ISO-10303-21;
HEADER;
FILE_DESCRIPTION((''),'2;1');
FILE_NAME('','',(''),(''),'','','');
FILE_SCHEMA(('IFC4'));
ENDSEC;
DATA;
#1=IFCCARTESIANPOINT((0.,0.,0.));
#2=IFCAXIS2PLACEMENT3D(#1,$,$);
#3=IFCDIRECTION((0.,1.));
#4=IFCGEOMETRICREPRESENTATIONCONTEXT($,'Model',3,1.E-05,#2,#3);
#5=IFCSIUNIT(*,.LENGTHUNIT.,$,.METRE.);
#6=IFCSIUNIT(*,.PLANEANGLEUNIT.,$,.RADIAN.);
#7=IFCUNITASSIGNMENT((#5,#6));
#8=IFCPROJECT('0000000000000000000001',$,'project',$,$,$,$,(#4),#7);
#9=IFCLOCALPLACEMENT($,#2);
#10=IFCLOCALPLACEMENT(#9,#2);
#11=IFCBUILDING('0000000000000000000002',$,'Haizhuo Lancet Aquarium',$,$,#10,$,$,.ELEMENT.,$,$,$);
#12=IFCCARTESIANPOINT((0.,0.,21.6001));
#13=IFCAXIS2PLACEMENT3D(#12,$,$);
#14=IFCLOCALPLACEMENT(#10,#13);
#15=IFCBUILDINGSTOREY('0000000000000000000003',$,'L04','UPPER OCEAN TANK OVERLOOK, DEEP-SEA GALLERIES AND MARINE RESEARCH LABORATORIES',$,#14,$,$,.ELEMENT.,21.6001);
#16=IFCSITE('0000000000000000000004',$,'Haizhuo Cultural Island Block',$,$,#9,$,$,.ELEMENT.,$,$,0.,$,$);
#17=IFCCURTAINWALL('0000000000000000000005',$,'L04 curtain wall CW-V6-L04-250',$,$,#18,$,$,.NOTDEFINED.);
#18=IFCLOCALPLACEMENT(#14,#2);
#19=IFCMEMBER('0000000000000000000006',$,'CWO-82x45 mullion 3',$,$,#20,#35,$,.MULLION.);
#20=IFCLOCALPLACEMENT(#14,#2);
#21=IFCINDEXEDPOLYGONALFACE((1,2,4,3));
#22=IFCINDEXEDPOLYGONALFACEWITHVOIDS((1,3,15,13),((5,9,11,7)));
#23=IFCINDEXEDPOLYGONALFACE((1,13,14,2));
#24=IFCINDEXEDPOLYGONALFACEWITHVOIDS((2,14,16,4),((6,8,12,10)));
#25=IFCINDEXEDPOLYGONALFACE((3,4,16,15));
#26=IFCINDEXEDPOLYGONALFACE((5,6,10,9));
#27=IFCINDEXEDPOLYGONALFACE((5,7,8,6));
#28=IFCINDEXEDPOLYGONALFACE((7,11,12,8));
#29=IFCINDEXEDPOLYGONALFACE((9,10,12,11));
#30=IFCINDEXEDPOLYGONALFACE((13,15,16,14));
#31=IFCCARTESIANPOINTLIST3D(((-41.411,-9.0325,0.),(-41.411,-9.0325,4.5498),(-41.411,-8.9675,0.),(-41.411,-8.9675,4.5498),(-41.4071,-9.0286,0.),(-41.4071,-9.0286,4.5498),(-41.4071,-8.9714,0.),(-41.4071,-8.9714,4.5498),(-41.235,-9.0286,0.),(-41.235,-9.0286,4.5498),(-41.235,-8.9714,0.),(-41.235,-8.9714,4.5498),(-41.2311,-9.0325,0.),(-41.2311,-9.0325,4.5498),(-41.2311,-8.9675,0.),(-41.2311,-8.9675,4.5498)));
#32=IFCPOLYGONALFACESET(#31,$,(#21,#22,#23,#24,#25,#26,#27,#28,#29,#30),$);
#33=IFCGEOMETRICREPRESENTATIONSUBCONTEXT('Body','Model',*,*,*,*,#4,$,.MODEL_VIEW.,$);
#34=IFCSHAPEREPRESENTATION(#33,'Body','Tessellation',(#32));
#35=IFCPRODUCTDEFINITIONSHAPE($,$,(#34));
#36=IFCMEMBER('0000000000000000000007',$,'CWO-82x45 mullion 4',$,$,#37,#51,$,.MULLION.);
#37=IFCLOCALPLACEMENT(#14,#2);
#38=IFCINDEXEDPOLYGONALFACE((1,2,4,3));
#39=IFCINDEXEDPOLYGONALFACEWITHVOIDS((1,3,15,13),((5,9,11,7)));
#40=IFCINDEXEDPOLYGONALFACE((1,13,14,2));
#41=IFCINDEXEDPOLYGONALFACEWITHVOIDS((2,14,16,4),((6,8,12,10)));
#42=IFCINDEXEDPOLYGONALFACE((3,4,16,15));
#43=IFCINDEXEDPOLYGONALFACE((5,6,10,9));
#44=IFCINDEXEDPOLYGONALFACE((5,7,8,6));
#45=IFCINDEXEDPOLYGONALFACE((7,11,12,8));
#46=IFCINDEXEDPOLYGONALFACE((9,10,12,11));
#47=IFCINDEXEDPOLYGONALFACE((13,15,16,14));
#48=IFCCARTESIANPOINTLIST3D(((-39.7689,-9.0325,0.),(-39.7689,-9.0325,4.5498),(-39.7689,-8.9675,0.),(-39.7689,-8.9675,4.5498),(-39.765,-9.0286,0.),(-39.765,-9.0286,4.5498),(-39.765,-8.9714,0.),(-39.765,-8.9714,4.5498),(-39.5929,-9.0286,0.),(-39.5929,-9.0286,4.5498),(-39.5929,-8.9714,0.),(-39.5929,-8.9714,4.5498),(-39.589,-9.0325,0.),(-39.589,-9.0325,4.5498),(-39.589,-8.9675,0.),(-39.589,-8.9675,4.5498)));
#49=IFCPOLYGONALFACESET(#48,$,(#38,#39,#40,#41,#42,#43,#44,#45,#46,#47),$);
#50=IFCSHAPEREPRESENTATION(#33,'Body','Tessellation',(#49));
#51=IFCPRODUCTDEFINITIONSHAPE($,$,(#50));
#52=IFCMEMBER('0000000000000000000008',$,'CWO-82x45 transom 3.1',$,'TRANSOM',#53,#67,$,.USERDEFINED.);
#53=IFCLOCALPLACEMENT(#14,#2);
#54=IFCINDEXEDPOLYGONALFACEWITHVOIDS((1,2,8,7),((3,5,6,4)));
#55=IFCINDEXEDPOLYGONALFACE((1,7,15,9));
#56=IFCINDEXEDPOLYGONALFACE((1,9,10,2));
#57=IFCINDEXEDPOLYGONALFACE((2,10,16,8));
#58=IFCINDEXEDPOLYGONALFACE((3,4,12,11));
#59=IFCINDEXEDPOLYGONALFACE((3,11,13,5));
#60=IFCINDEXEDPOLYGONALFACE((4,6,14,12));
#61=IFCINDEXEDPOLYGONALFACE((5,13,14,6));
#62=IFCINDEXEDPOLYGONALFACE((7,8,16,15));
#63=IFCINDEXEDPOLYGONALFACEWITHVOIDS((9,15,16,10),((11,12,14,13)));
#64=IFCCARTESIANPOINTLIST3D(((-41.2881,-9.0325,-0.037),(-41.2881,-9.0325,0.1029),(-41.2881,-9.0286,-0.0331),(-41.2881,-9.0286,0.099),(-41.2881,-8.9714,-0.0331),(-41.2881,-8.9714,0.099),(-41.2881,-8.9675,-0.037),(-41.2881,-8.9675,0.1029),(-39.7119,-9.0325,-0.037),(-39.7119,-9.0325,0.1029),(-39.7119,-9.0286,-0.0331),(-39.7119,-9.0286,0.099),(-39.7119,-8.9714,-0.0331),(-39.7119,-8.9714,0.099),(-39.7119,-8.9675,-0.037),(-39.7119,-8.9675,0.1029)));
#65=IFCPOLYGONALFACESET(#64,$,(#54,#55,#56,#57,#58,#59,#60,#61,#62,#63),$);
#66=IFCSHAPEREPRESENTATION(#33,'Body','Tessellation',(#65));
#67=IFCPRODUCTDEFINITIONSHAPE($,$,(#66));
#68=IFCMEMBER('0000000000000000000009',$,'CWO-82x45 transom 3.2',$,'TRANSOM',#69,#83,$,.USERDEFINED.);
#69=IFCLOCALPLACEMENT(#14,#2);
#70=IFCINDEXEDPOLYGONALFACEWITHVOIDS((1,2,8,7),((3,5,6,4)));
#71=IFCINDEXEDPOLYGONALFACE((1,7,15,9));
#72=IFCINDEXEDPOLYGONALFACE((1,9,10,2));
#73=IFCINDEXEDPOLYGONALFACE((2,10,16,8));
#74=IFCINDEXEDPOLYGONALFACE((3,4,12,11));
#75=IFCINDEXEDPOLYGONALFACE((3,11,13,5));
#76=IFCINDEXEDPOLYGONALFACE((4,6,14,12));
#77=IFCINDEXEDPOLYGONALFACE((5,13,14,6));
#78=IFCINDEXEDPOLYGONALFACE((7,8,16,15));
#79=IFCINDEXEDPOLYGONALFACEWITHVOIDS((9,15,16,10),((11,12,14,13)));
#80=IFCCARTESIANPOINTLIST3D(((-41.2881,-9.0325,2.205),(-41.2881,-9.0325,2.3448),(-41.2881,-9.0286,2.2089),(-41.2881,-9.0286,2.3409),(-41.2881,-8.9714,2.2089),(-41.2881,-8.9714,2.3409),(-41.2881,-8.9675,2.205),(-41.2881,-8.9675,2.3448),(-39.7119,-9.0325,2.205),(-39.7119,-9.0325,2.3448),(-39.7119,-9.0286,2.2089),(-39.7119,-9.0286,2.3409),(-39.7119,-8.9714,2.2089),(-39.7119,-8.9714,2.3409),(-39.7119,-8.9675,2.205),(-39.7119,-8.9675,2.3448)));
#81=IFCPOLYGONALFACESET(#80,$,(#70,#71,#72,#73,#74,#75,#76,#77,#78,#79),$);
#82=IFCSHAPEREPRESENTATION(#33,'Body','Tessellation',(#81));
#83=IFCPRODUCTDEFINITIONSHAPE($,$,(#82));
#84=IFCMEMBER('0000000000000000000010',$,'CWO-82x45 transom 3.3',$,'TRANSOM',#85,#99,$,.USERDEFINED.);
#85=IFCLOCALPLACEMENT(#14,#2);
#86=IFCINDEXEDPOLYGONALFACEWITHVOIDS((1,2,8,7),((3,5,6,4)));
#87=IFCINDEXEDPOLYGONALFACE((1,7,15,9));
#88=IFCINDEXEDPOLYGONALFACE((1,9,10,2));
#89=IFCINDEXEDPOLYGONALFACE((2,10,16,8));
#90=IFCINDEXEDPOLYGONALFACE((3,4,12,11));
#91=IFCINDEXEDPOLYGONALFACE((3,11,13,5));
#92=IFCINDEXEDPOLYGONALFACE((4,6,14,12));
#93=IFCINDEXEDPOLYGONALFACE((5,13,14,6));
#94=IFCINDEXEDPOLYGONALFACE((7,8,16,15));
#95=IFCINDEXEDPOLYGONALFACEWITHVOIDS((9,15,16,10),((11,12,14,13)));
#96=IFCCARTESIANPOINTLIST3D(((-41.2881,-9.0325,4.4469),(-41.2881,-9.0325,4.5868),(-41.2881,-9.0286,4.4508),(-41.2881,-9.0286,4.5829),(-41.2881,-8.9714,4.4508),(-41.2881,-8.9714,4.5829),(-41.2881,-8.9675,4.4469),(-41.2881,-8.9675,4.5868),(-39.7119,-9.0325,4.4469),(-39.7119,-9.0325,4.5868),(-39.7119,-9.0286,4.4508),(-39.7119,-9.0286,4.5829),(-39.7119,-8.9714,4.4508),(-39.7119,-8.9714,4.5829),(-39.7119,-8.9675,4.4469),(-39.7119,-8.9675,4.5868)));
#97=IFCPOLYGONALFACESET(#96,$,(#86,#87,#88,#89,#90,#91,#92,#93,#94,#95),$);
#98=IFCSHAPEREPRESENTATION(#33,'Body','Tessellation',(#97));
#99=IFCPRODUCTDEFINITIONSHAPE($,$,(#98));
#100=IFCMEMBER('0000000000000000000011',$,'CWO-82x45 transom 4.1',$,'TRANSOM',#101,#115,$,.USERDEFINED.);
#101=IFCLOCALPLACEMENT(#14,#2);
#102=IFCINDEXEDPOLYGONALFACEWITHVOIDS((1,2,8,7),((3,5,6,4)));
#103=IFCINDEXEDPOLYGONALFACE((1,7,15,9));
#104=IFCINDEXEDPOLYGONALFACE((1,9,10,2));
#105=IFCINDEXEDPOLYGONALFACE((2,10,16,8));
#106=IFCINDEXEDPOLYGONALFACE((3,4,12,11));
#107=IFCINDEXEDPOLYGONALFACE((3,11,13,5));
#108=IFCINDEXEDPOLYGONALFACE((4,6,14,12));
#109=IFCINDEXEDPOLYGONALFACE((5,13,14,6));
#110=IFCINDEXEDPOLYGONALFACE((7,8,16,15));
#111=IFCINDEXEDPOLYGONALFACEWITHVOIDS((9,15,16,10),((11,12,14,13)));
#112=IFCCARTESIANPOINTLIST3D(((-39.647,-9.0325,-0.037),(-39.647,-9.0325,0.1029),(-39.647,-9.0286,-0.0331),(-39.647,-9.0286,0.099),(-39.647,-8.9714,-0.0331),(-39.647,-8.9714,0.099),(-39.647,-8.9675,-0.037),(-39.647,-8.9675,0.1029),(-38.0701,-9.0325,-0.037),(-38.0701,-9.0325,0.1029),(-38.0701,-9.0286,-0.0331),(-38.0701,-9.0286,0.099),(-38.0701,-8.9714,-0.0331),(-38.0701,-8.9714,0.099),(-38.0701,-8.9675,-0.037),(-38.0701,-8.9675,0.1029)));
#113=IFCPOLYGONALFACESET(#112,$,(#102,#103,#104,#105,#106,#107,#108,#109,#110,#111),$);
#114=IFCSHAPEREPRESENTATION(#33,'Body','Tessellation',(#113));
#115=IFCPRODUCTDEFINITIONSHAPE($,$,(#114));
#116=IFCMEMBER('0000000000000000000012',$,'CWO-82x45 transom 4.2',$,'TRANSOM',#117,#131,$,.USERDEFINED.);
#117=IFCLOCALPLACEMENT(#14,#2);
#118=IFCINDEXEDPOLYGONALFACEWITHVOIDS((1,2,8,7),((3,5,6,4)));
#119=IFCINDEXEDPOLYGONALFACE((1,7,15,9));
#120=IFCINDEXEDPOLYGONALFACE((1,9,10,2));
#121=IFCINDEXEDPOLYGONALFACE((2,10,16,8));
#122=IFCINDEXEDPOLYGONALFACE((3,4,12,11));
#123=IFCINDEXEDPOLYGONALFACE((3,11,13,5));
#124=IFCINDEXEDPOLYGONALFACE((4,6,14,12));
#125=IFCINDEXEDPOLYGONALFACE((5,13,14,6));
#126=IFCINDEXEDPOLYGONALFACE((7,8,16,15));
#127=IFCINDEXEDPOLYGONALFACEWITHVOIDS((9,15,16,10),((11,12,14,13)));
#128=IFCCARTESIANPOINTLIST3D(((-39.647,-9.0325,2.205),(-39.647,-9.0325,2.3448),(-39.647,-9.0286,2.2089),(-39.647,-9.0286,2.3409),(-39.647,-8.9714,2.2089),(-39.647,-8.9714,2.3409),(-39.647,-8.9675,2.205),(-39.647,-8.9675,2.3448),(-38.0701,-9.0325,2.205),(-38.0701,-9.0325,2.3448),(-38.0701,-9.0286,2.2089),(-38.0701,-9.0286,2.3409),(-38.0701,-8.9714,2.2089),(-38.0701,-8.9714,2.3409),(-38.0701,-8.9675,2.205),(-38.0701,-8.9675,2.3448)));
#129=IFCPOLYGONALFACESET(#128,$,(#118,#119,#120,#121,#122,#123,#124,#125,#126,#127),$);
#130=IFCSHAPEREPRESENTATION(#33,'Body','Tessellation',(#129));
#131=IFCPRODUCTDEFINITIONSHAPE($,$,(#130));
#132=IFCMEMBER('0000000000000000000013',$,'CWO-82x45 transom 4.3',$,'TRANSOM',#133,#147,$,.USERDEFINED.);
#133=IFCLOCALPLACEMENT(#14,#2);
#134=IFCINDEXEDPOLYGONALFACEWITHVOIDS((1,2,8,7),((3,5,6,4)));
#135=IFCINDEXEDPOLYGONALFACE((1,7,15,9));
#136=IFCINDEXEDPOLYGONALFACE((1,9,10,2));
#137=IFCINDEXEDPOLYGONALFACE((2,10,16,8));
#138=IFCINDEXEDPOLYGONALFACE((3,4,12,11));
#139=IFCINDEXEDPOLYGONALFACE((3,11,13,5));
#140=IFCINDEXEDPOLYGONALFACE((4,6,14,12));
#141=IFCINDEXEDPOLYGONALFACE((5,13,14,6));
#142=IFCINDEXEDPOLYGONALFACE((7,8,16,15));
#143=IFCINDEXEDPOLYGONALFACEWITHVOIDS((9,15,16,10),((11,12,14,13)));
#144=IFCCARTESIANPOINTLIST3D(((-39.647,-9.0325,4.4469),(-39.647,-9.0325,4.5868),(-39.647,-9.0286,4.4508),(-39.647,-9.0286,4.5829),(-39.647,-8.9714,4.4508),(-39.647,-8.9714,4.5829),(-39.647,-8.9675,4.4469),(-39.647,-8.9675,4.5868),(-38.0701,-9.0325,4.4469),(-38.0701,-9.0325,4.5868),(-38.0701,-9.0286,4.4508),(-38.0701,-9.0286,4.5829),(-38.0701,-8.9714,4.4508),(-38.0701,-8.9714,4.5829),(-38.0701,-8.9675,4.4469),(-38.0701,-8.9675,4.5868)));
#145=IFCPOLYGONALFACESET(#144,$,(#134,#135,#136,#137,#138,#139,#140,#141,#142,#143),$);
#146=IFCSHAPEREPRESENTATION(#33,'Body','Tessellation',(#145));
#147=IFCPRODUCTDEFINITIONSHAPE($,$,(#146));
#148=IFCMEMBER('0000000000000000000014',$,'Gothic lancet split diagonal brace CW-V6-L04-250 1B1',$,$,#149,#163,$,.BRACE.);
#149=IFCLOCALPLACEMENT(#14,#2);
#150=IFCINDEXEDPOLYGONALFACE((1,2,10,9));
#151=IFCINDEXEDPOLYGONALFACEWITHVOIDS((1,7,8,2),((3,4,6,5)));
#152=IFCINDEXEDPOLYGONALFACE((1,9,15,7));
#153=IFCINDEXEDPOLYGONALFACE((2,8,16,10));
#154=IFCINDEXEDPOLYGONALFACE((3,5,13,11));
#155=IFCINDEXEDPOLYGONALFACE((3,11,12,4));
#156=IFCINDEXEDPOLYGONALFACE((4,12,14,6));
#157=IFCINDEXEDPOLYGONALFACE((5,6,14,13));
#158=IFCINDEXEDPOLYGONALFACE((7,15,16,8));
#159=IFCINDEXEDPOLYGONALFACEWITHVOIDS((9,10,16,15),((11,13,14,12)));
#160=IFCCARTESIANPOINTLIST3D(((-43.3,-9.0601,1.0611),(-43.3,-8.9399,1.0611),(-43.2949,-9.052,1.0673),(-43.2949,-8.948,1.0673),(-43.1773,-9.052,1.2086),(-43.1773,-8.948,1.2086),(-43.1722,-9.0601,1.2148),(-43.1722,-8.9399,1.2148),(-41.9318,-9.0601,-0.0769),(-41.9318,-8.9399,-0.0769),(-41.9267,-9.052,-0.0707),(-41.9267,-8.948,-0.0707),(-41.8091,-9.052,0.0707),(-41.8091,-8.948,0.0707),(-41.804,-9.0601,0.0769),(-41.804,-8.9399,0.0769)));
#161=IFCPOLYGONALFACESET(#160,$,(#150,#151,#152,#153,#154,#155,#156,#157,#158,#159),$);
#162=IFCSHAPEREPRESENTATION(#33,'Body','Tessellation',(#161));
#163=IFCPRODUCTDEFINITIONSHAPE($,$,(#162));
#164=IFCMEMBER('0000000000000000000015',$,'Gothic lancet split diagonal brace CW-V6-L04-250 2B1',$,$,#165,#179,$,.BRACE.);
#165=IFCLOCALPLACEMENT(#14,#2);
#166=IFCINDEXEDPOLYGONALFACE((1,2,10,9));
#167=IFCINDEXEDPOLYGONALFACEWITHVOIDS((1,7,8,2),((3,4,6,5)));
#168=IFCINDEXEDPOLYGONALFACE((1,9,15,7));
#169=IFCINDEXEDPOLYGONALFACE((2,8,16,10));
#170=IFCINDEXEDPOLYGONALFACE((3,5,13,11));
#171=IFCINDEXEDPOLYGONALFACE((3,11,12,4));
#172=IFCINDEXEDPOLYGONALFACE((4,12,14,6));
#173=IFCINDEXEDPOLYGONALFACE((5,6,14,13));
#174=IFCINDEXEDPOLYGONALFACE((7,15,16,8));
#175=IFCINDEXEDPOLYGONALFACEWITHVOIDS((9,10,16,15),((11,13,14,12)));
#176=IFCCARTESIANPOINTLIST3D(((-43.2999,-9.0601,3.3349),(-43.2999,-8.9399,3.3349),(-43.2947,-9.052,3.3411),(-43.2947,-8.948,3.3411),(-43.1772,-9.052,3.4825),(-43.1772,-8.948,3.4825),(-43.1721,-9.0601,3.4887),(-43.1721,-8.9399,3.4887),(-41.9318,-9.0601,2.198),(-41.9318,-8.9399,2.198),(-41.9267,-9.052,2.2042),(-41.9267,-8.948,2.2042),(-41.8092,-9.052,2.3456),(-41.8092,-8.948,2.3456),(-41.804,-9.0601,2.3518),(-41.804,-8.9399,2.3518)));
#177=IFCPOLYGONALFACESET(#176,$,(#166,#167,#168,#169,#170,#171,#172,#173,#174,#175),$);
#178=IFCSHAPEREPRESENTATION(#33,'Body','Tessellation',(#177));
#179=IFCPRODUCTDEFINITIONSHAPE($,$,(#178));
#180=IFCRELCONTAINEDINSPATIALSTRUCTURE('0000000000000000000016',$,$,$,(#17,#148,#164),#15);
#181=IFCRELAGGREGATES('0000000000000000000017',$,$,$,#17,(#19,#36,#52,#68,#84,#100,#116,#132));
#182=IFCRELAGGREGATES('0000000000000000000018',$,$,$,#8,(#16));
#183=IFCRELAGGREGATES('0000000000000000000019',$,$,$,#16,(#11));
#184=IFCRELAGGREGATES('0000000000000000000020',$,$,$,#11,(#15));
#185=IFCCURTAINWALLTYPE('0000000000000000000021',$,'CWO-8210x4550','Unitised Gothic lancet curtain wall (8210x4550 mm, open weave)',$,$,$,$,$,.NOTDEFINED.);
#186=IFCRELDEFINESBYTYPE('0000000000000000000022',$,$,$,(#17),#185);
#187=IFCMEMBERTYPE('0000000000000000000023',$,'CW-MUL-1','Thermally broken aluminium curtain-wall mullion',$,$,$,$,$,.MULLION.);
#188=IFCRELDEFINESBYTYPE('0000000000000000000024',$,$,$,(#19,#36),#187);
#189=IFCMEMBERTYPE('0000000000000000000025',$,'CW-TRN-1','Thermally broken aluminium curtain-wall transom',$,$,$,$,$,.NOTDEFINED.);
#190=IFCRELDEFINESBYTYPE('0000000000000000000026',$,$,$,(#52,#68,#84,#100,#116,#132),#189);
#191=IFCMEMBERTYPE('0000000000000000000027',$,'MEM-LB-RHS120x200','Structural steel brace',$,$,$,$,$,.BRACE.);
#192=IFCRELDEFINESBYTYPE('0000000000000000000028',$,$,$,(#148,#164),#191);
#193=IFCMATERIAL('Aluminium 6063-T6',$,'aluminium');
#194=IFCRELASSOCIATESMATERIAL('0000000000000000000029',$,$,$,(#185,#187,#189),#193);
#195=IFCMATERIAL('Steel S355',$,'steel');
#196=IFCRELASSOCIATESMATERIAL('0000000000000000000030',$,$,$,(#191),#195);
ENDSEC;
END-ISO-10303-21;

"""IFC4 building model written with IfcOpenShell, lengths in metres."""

from ifc_helpers import new_model, si_unit, direction, frame, origin, origin_2d, place, context, subcontext, project, spatial, hollow_rectangle, extrude, material, material_profile, profile_set, type_object, element, aggregate, save


model = new_model("IFC4")

# Units and contexts
model_context = context("Model", 3, precision=1e-05, world=origin(), true_north=direction((0.0, 1.0)))
body_context = subcontext(model_context, "Body", "Model", "MODEL_VIEW")
ifc_project = project(units=[si_unit("LENGTHUNIT", "METRE"), si_unit("PLANEANGLEUNIT", "RADIAN")], contexts=[model_context])

# Site, building, storey
site_placement = place(None, origin())
site = spatial("IfcSite", under=ifc_project, at=site_placement, Name="Haizhuo Cultural Island Block", CompositionType="ELEMENT", RefElevation=0.0)
building_placement = place(site_placement, origin())
building = spatial("IfcBuilding", under=site, at=building_placement, Name="Haizhuo Lancet Aquarium", CompositionType="ELEMENT")
storey_placement = place(building_placement, frame((0.0, 0.0, 21.6001)))
storey = spatial("IfcBuildingStorey", under=building, at=storey_placement, Name="L04", Description="UPPER OCEAN TANK OVERLOOK, DEEP-SEA GALLERIES AND MARINE RESEARCH LABORATORIES", CompositionType="ELEMENT", Elevation=21.6001)

# Curtain wall, members
ifc_material_1 = material(Name="Aluminium 6063-T6", Category="aluminium")
curtain_wall_type = type_object("IfcCurtainWallType", Name="CWO-8210x4550", Description="Unitised Gothic lancet curtain wall (8210x4550 mm, open weave)", PredefinedType="NOTDEFINED", material=ifc_material_1)
curtain_wall_placement = place(storey_placement, origin())
curtain_wall = element("IfcCurtainWall", 1, at=curtain_wall_placement, inside=storey, type_object=curtain_wall_type, Name="L04 curtain wall CW-V6-L04-250", PredefinedType="NOTDEFINED")
ifc_material_profile_1 = material_profile(ifc_material_1, hollow_rectangle(XDim=0.0649, YDim=0.1799, WallThickness=0.0039, at=origin_2d()), Name="ALU-M 65x180x4")
ifc_profile_set_1 = profile_set([ifc_material_profile_1], Name="Aluminium 6063-T6")
member_type_1 = type_object("IfcMemberType", Name="CW-MUL-1", Description="Thermally broken aluminium curtain-wall mullion", PredefinedType="MULLION", material=ifc_profile_set_1)
member_1_placement = place(storey_placement, frame((-41.321, -9.0, 0.0), z_axis=(0.0, 0.0, 1.0), x_axis=(0.0, 1.0, 0.0)))
member_1 = element("IfcMember", 2, at=member_1_placement, type_object=member_type_1, Name="CWO-82x45 mullion 3", PredefinedType="MULLION", context=body_context, shape_type="SweptSolid", body=[
    extrude(hollow_rectangle(XDim=0.0649, YDim=0.1799, WallThickness=0.0039, at=origin_2d()), origin(), (0.0, 0.0, 1.0), 4.5498),
])
member_2_placement = place(storey_placement, frame((-39.679, -9.0, 0.0), z_axis=(0.0, 0.0, 1.0), x_axis=(0.0, 1.0, 0.0)))
member_2 = element("IfcMember", 3, at=member_2_placement, type_object=member_type_1, Name="CWO-82x45 mullion 4", PredefinedType="MULLION", context=body_context, shape_type="SweptSolid", body=[
    extrude(hollow_rectangle(XDim=0.0649, YDim=0.1799, WallThickness=0.0039, at=origin_2d()), origin(), (0.0, 0.0, 1.0), 4.5498),
])
ifc_material_profile_2 = material_profile(ifc_material_1, hollow_rectangle(XDim=0.0649, YDim=0.1399, WallThickness=0.0039, at=origin_2d()), Name="ALU-T 65x140x4")
ifc_profile_set_2 = profile_set([ifc_material_profile_2], Name="Aluminium 6063-T6")
member_type_2 = type_object("IfcMemberType", Name="CW-TRN-1", Description="Thermally broken aluminium curtain-wall transom", PredefinedType="NOTDEFINED", material=ifc_profile_set_2)
member_3_placement = place(storey_placement, frame((-41.2881, -9.0, 0.033), z_axis=(1.0, 0.0, 0.0), x_axis=(0.0, 1.0, 0.0)))
member_3 = element("IfcMember", 4, at=member_3_placement, type_object=member_type_2, Name="CWO-82x45 transom 3.1", ObjectType="TRANSOM", PredefinedType="USERDEFINED", context=body_context, shape_type="SweptSolid", body=[
    extrude(hollow_rectangle(XDim=0.0649, YDim=0.1399, WallThickness=0.0039, at=origin_2d()), origin(), (0.0, 0.0, 1.0), 1.5762),
])
member_4_placement = place(storey_placement, frame((-41.2881, -9.0, 2.2749), z_axis=(1.0, 0.0, 0.0), x_axis=(0.0, 1.0, 0.0)))
member_4 = element("IfcMember", 5, at=member_4_placement, type_object=member_type_2, Name="CWO-82x45 transom 3.2", ObjectType="TRANSOM", PredefinedType="USERDEFINED", context=body_context, shape_type="SweptSolid", body=[
    extrude(hollow_rectangle(XDim=0.0649, YDim=0.1399, WallThickness=0.0039, at=origin_2d()), origin(), (0.0, 0.0, 1.0), 1.5762),
])
member_5_placement = place(storey_placement, frame((-41.2881, -9.0, 4.5168), z_axis=(1.0, 0.0, 0.0), x_axis=(0.0, 1.0, 0.0)))
member_5 = element("IfcMember", 6, at=member_5_placement, type_object=member_type_2, Name="CWO-82x45 transom 3.3", ObjectType="TRANSOM", PredefinedType="USERDEFINED", context=body_context, shape_type="SweptSolid", body=[
    extrude(hollow_rectangle(XDim=0.0649, YDim=0.1399, WallThickness=0.0039, at=origin_2d()), origin(), (0.0, 0.0, 1.0), 1.5762),
])
member_6_placement = place(storey_placement, frame((-39.647, -9.0, 0.033), z_axis=(1.0, 0.0, 0.0), x_axis=(0.0, 1.0, 0.0)))
member_6 = element("IfcMember", 7, at=member_6_placement, type_object=member_type_2, Name="CWO-82x45 transom 4.1", ObjectType="TRANSOM", PredefinedType="USERDEFINED", context=body_context, shape_type="SweptSolid", body=[
    extrude(hollow_rectangle(XDim=0.0649, YDim=0.1399, WallThickness=0.0039, at=origin_2d()), origin(), (0.0, 0.0, 1.0), 1.5769),
])
member_7_placement = place(storey_placement, frame((-39.647, -9.0, 2.2749), z_axis=(1.0, 0.0, 0.0), x_axis=(0.0, 1.0, 0.0)))
member_7 = element("IfcMember", 8, at=member_7_placement, type_object=member_type_2, Name="CWO-82x45 transom 4.2", ObjectType="TRANSOM", PredefinedType="USERDEFINED", context=body_context, shape_type="SweptSolid", body=[
    extrude(hollow_rectangle(XDim=0.0649, YDim=0.1399, WallThickness=0.0039, at=origin_2d()), origin(), (0.0, 0.0, 1.0), 1.5769),
])
member_8_placement = place(storey_placement, frame((-39.647, -9.0, 4.5168), z_axis=(1.0, 0.0, 0.0), x_axis=(0.0, 1.0, 0.0)))
member_8 = element("IfcMember", 9, at=member_8_placement, type_object=member_type_2, Name="CWO-82x45 transom 4.3", ObjectType="TRANSOM", PredefinedType="USERDEFINED", context=body_context, shape_type="SweptSolid", body=[
    extrude(hollow_rectangle(XDim=0.0649, YDim=0.1399, WallThickness=0.0039, at=origin_2d()), origin(), (0.0, 0.0, 1.0), 1.5769),
])

# Members
ifc_material_2 = material(Name="Steel S355", Category="steel")
ifc_material_profile_3 = material_profile(ifc_material_2, hollow_rectangle(XDim=0.1201, YDim=0.2, WallThickness=0.0081, at=origin_2d()), Name="RHS 120x200x8")
ifc_profile_set_3 = profile_set([ifc_material_profile_3], Name="Steel S355")
member_type_3 = type_object("IfcMemberType", Name="MEM-LB-RHS120x200", Description="Structural steel brace", PredefinedType="BRACE", material=ifc_profile_set_3)
member_9_placement = place(storey_placement, frame((-41.8679, -9.0, 0.0), z_axis=(-0.768828, 0.0, 0.639455), x_axis=(0.0, -1.0, 0.0)))
element("IfcMember", 10, at=member_9_placement, inside=storey, type_object=member_type_3, Name="Gothic lancet split diagonal brace CW-V6-L04-250 1B1", PredefinedType="BRACE", context=body_context, shape_type="SweptSolid", body=[
    extrude(hollow_rectangle(XDim=0.1201, YDim=0.2, WallThickness=0.0081, at=origin_2d()), origin(), (0.0, 0.0, 1.0), 1.7795),
])
member_10_placement = place(storey_placement, frame((-41.8679, -9.0, 2.2749), z_axis=(-0.769098, 0.0, 0.639131), x_axis=(0.0, -1.0, 0.0)))
element("IfcMember", 11, at=member_10_placement, inside=storey, type_object=member_type_3, Name="Gothic lancet split diagonal brace CW-V6-L04-250 2B1", PredefinedType="BRACE", context=body_context, shape_type="SweptSolid", body=[
    extrude(hollow_rectangle(XDim=0.1201, YDim=0.2, WallThickness=0.0081, at=origin_2d()), origin(), (0.0, 0.0, 1.0), 1.7788),
])

aggregate(curtain_wall, [member_1, member_2, member_3, member_4, member_5, member_6, member_7, member_8])

save(model, "model.ifc")
